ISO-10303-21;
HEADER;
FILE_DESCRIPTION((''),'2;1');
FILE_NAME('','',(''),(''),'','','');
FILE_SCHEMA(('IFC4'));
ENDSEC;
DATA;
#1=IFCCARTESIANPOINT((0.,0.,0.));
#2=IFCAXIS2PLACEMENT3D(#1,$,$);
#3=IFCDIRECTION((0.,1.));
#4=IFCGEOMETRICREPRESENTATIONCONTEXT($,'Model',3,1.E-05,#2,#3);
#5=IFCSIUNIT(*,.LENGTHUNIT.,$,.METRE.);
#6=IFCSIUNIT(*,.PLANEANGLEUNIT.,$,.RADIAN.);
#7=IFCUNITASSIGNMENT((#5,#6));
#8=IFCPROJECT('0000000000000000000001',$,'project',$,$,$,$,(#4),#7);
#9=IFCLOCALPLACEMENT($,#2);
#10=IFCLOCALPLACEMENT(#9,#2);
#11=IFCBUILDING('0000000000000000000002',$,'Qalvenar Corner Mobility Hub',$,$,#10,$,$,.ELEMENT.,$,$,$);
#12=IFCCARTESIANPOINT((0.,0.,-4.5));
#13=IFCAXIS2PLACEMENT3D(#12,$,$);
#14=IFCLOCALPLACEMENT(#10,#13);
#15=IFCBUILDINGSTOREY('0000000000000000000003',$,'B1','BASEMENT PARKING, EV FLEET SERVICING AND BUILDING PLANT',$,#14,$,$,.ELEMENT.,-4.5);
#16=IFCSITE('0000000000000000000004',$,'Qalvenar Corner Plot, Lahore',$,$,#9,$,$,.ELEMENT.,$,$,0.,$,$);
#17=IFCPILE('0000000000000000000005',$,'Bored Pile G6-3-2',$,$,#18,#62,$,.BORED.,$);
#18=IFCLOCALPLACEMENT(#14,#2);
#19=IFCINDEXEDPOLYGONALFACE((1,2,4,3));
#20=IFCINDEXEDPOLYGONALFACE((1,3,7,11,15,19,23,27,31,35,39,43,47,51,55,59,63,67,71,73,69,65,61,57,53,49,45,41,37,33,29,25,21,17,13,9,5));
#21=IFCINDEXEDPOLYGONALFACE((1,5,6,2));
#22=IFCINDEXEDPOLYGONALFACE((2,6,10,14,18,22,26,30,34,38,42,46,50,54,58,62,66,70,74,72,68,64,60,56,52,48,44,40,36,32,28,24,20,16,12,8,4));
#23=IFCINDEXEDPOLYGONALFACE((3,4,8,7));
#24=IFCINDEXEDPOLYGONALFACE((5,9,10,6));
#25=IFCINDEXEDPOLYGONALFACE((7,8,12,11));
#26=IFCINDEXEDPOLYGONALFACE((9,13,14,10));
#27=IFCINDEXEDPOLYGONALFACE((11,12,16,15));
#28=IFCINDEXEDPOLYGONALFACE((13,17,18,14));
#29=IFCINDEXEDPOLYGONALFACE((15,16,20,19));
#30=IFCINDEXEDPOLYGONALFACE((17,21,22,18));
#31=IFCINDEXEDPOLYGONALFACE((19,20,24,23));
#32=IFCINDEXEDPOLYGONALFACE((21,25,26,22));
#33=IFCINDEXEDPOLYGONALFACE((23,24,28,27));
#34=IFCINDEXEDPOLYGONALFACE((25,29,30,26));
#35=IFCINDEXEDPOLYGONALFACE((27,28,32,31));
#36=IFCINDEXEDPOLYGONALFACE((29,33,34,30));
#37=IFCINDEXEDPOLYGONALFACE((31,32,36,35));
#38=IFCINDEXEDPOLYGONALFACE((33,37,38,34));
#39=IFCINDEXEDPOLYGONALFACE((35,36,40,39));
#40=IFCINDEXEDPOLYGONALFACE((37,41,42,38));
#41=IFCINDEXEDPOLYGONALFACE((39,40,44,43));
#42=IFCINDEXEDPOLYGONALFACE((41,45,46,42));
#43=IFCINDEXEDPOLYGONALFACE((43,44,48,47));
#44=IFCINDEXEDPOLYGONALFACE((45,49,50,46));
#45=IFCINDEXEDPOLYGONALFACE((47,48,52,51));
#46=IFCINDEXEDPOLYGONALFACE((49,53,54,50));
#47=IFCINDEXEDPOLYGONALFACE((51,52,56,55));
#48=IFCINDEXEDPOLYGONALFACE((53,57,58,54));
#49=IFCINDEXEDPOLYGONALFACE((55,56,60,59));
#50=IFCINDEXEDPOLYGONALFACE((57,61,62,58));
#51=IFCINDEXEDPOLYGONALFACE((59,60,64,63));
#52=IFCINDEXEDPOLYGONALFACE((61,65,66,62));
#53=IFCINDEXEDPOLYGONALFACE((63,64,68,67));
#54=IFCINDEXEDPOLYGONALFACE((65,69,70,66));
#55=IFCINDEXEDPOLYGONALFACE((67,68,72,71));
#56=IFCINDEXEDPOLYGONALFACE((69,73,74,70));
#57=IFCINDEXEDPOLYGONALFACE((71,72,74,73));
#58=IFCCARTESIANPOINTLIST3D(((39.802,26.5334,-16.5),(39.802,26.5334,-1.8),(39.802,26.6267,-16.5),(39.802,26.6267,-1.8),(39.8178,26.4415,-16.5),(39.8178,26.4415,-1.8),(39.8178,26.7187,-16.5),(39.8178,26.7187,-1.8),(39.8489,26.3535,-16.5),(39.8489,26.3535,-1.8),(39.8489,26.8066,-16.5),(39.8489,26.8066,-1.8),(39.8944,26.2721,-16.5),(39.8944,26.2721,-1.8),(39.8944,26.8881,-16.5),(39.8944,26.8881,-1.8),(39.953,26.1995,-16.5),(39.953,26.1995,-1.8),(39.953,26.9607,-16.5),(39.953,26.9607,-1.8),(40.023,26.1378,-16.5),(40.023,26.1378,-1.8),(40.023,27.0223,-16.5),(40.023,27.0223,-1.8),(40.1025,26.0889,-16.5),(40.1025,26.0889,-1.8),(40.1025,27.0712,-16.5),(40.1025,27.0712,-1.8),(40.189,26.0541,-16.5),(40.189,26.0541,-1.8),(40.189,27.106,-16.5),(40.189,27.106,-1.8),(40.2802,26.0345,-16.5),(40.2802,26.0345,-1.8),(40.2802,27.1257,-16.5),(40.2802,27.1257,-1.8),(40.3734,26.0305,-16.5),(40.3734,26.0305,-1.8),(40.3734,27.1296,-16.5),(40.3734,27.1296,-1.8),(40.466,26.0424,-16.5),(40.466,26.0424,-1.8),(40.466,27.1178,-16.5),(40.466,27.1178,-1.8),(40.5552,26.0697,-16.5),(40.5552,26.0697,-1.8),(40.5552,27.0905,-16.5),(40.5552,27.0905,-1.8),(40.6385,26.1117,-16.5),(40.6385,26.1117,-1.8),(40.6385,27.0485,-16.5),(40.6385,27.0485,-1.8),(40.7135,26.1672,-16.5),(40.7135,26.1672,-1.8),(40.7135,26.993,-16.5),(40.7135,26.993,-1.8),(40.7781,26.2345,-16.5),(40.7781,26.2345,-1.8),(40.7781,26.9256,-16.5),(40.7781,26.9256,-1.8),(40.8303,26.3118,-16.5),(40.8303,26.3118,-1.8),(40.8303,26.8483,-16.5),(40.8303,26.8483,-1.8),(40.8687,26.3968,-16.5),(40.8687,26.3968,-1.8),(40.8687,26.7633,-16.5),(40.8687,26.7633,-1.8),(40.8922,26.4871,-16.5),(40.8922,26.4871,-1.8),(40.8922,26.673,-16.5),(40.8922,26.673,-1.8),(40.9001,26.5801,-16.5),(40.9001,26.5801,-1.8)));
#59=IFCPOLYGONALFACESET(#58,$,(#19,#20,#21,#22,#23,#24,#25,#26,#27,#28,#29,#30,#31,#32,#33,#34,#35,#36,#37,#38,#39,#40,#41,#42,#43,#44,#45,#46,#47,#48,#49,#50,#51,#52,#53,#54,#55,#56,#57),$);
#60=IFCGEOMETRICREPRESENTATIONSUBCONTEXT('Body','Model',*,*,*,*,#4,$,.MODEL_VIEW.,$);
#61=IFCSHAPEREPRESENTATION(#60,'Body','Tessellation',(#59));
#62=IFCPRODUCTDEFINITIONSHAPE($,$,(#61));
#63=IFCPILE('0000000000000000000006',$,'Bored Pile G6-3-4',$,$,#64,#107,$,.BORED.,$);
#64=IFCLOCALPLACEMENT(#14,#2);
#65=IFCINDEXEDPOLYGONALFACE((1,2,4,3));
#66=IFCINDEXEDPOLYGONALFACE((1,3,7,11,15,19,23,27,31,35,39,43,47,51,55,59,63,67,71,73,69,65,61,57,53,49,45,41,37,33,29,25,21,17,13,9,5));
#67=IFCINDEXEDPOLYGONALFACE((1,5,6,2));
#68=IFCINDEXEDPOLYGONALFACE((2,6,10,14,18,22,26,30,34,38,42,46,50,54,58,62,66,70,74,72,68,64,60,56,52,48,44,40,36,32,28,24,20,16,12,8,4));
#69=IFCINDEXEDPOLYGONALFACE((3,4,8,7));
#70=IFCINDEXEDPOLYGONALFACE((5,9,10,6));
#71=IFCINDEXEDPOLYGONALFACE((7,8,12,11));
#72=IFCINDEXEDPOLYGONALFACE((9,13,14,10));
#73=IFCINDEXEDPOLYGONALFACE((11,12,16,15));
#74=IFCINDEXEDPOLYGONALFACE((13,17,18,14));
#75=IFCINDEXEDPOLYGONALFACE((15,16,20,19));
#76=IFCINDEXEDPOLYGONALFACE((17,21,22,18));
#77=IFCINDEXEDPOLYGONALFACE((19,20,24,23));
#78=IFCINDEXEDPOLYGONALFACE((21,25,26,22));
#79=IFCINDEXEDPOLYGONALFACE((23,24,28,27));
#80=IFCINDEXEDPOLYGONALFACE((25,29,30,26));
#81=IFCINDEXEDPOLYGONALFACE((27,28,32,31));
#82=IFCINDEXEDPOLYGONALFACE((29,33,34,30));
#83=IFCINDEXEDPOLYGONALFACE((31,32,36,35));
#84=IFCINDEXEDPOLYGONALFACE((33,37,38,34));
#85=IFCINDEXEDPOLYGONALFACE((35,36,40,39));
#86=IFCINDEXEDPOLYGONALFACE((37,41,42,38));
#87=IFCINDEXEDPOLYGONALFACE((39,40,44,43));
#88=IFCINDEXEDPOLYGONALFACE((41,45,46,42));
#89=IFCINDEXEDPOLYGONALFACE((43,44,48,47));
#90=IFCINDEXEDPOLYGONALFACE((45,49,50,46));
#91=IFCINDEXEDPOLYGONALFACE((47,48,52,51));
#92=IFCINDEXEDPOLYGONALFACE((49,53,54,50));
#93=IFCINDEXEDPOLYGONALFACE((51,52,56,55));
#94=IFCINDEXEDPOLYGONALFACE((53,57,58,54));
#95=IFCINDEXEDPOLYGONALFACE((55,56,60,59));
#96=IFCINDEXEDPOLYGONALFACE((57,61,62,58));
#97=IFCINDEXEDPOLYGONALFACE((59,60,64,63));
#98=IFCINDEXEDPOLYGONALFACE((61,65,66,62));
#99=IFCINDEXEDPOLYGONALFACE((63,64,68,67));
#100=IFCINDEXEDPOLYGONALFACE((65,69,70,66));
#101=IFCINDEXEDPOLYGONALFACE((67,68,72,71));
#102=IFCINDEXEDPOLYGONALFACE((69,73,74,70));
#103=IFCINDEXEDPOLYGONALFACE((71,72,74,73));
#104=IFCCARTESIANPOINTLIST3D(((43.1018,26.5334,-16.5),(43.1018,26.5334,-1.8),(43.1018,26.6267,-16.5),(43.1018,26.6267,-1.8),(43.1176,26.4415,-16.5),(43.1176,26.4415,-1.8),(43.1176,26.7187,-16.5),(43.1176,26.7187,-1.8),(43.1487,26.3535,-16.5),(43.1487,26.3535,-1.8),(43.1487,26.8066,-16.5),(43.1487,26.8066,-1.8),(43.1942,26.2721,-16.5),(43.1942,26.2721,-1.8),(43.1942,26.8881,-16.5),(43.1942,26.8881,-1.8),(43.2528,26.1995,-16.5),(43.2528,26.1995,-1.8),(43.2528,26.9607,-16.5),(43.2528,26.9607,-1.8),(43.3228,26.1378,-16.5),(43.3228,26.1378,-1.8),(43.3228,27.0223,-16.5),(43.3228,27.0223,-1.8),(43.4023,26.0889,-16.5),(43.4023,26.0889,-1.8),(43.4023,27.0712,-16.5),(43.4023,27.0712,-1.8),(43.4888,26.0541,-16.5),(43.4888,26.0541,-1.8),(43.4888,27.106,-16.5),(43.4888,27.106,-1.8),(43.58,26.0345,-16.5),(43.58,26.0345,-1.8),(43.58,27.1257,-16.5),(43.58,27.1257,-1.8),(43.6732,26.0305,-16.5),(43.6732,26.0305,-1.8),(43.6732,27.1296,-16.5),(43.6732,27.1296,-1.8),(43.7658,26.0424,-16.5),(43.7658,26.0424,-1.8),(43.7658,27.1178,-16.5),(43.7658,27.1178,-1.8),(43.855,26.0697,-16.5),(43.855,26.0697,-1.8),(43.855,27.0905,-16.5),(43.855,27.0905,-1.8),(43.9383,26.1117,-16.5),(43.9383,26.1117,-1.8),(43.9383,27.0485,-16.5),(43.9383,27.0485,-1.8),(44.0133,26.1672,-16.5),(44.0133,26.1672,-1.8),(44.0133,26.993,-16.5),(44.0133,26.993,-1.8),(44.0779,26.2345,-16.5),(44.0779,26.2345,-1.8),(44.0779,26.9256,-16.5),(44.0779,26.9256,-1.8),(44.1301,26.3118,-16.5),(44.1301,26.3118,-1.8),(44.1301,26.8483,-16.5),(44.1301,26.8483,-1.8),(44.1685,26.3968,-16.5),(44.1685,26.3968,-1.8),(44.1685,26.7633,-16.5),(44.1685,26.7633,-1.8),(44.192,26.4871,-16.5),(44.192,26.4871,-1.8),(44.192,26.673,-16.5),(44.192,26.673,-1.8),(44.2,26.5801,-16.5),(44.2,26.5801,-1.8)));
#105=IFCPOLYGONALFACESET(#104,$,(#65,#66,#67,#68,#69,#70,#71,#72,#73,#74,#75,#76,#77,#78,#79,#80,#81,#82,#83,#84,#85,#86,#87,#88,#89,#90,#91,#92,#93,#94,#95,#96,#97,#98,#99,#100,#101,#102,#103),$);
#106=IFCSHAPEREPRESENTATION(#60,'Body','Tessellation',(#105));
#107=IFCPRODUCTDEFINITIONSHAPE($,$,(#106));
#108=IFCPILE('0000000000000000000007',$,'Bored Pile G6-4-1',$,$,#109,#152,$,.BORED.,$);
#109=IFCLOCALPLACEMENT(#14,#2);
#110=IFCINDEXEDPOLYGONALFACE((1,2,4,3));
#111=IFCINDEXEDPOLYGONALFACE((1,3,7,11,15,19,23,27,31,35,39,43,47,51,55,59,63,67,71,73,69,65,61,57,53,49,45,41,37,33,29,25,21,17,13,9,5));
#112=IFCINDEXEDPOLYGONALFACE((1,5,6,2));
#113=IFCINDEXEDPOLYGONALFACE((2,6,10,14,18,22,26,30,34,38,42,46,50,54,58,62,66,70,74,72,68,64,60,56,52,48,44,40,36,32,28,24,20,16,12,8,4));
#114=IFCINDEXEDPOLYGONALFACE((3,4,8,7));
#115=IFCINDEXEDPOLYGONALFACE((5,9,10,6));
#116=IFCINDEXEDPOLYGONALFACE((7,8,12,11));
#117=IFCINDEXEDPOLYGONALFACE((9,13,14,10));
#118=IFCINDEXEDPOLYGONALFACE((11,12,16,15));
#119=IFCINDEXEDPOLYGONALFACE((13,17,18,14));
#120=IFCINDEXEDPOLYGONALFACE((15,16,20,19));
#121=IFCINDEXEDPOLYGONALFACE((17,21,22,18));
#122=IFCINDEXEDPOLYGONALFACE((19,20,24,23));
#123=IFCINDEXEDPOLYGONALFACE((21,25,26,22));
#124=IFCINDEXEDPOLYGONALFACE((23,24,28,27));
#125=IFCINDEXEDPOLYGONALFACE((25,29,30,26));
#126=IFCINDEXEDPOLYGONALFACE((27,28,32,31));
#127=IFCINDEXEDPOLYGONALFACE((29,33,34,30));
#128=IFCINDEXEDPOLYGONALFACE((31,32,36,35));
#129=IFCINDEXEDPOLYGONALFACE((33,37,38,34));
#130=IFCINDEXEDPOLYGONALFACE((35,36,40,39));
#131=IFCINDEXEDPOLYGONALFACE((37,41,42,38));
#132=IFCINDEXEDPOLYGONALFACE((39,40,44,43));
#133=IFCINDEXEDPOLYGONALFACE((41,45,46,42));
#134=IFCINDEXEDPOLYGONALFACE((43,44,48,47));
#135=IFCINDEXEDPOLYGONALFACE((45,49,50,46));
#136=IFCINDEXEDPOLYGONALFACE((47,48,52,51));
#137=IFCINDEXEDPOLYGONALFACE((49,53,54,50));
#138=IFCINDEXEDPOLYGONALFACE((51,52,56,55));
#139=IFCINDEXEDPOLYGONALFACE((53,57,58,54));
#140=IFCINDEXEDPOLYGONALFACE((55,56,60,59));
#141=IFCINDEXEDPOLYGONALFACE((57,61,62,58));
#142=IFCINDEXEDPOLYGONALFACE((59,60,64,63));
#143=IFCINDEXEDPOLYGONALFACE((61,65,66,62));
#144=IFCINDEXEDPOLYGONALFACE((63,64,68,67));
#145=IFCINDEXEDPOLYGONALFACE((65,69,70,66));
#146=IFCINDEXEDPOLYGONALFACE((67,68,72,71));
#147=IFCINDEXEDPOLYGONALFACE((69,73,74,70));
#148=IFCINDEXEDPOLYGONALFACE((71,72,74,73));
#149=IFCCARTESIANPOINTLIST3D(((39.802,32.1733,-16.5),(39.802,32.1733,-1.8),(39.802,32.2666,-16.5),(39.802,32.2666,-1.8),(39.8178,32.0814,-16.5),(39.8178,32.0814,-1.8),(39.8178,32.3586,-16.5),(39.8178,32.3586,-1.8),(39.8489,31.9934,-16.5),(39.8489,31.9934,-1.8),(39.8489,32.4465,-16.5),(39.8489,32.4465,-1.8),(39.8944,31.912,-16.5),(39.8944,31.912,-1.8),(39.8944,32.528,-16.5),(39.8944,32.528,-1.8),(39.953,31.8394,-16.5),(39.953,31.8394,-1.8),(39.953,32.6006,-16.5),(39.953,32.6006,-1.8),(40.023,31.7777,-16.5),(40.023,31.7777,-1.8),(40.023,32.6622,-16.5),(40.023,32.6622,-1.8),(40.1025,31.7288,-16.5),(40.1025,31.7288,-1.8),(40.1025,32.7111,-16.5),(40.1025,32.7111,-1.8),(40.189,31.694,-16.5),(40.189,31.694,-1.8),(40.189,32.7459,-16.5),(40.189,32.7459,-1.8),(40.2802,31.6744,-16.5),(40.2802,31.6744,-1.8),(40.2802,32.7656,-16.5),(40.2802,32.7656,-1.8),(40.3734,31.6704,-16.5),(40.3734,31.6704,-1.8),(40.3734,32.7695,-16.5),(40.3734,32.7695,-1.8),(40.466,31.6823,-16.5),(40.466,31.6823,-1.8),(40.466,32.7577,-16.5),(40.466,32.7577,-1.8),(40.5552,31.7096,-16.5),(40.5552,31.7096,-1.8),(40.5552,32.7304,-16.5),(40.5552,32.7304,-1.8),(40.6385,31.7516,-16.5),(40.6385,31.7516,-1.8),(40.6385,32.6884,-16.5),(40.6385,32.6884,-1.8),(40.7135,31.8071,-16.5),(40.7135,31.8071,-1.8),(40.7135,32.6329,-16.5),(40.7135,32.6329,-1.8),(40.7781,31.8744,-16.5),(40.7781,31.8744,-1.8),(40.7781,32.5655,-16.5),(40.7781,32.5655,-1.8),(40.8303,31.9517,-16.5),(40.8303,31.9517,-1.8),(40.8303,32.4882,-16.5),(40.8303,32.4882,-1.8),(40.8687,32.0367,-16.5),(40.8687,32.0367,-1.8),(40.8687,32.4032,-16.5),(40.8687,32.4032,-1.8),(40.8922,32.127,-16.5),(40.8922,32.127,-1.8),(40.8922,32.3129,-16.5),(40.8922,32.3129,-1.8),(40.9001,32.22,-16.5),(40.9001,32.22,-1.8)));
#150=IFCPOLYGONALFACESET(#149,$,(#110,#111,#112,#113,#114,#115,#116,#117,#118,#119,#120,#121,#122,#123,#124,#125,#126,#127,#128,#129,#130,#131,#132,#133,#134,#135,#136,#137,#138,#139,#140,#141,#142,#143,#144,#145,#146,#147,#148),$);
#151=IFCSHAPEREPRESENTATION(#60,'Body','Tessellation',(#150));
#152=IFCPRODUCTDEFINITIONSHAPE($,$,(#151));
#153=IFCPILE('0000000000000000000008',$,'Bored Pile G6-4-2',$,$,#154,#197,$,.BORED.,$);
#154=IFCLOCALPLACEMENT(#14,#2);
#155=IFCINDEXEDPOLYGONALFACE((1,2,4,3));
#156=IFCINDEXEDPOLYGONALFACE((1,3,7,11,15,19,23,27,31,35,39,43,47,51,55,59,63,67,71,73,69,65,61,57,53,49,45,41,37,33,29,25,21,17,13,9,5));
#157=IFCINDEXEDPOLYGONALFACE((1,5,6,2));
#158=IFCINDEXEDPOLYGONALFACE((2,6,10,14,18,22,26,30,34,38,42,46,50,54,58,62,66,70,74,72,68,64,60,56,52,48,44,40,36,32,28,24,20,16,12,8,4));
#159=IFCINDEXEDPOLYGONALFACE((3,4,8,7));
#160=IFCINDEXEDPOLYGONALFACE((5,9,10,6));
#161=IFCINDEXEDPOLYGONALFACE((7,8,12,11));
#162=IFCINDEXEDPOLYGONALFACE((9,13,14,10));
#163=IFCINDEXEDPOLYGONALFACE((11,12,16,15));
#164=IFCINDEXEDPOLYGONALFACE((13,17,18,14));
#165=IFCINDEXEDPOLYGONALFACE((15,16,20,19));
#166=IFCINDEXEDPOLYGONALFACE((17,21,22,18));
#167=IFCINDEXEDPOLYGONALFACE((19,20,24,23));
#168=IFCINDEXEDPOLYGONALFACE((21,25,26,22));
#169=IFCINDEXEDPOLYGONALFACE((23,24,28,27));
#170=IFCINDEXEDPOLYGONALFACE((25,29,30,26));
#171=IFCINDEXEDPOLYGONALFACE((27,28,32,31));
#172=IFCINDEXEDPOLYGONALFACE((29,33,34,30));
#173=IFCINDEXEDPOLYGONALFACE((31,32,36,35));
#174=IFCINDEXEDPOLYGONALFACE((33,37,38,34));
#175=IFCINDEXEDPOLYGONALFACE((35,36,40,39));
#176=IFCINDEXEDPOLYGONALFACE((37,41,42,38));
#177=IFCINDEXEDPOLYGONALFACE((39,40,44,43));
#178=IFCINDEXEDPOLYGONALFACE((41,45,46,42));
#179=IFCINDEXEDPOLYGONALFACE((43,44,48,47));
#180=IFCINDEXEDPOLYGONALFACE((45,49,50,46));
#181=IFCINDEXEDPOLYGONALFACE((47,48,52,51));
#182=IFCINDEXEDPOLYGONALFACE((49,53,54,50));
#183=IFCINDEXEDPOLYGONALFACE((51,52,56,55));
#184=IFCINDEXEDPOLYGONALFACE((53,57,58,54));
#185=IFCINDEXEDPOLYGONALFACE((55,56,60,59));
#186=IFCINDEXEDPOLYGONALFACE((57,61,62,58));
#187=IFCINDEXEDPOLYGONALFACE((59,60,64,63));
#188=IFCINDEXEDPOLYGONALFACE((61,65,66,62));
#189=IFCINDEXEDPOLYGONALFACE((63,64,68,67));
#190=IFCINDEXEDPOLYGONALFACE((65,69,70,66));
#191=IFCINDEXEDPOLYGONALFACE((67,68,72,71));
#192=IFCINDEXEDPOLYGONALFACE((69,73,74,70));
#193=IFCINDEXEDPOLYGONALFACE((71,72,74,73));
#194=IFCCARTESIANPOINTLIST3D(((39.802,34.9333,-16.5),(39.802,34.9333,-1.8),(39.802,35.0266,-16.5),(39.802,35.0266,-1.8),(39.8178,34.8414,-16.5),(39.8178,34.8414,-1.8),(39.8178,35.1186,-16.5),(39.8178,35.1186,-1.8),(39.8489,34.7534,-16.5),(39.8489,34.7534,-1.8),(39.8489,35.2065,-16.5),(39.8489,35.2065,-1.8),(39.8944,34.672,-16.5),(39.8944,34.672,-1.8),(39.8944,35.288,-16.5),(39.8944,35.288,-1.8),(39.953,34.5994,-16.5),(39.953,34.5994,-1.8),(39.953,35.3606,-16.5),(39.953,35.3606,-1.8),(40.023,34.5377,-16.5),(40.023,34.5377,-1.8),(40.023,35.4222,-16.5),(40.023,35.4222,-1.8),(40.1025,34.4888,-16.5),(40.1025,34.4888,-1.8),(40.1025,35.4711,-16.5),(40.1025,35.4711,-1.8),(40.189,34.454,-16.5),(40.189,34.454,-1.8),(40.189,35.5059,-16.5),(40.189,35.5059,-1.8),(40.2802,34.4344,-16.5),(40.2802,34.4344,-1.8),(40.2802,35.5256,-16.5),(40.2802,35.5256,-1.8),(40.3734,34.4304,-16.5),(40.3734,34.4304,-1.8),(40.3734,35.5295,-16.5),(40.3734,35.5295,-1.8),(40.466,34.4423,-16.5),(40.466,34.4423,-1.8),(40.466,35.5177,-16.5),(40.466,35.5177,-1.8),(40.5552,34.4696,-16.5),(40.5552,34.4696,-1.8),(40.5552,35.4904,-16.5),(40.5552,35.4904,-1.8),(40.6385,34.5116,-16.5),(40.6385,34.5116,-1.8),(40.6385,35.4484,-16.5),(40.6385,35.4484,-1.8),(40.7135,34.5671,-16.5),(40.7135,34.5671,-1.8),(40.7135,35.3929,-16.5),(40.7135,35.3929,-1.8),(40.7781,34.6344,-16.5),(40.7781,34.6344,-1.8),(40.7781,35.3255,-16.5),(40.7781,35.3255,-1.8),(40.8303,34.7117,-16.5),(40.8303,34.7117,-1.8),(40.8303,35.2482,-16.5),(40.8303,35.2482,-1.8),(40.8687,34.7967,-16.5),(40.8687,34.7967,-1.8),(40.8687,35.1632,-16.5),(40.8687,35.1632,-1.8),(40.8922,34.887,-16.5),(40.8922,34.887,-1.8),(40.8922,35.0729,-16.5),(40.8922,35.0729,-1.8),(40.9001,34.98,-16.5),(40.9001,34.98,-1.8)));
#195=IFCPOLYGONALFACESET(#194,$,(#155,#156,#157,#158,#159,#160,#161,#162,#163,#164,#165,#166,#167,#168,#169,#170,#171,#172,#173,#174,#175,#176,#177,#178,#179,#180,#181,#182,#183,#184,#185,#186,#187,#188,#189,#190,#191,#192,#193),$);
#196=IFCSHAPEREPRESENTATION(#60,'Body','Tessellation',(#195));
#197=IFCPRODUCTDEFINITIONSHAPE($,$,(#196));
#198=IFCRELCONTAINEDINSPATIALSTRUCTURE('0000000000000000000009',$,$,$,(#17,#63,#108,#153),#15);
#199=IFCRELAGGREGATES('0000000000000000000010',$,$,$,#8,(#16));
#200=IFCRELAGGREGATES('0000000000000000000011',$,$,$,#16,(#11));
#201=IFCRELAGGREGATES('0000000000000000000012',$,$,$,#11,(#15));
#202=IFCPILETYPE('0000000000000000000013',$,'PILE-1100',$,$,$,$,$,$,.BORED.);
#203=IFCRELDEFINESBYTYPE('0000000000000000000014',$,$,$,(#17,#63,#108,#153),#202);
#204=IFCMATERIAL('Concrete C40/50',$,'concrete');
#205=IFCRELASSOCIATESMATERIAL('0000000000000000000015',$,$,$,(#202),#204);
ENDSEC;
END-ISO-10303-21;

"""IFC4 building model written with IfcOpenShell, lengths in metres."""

from ifc_helpers import new_model, si_unit, direction, frame, origin, origin_2d, place, context, subcontext, project, spatial, circle, extrude, material, material_profile, profile_set, type_object, element, save


model = new_model("IFC4")

# Units and contexts
model_context = context("Model", 3, precision=1e-05, world=origin(), true_north=direction((0.0, 1.0)))
body_context = subcontext(model_context, "Body", "Model", "MODEL_VIEW")
ifc_project = project(units=[si_unit("LENGTHUNIT", "METRE"), si_unit("PLANEANGLEUNIT", "RADIAN")], contexts=[model_context])

# Site, building, storey
site_placement = place(None, origin())
site = spatial("IfcSite", under=ifc_project, at=site_placement, Name="Qalvenar Corner Plot, Lahore", CompositionType="ELEMENT", RefElevation=0.0)
building_placement = place(site_placement, origin())
building = spatial("IfcBuilding", under=site, at=building_placement, Name="Qalvenar Corner Mobility Hub", CompositionType="ELEMENT")
storey_placement = place(building_placement, frame((0.0, 0.0, -4.5)))
storey = spatial("IfcBuildingStorey", under=building, at=storey_placement, Name="B1", Description="BASEMENT PARKING, EV FLEET SERVICING AND BUILDING PLANT", CompositionType="ELEMENT", Elevation=-4.5)

# Shared definitions
ifc_material_1 = material(Name="Concrete C40/50", Category="concrete")

# Piles
ifc_material_profile_1 = material_profile(ifc_material_1, circle(Radius=0.55, at=origin_2d()), Name="DIA1100")
ifc_profile_set_1 = profile_set([ifc_material_profile_1], Name="Concrete C40/50")
pile_type_1 = type_object("IfcPileType", Name="PILE-1100", PredefinedType="BORED", material=ifc_profile_set_1)
for number, where, z_axis, x_axis, name in (
    (1, (40.3501, 26.5801, -1.8), (0.0, 0.0, -1.0), (1.0, 0.0, 0.0), "Bored Pile G6-3-2"),
    (2, (43.6499, 26.5801, -1.8), (0.0, 0.0, -1.0), (1.0, 0.0, 0.0), "Bored Pile G6-3-4"),
    (3, (40.3501, 32.22, -1.8), (0.0, 0.0, -1.0), (1.0, 0.0, 0.0), "Bored Pile G6-4-1"),
    (4, (40.3501, 34.98, -1.8), (0.0, 0.0, -1.0), (1.0, 0.0, 0.0), "Bored Pile G6-4-2"),
):
    element("IfcPile", number, at=place(storey_placement, frame(where, z_axis=z_axis, x_axis=x_axis)), inside=storey, type_object=pile_type_1, Name=name, PredefinedType="BORED", context=body_context, shape_type="SweptSolid", body=[
        extrude(circle(Radius=0.55, at=origin_2d()), origin(), (0.0, 0.0, 1.0), 14.7),
    ])

save(model, "model.ifc")
